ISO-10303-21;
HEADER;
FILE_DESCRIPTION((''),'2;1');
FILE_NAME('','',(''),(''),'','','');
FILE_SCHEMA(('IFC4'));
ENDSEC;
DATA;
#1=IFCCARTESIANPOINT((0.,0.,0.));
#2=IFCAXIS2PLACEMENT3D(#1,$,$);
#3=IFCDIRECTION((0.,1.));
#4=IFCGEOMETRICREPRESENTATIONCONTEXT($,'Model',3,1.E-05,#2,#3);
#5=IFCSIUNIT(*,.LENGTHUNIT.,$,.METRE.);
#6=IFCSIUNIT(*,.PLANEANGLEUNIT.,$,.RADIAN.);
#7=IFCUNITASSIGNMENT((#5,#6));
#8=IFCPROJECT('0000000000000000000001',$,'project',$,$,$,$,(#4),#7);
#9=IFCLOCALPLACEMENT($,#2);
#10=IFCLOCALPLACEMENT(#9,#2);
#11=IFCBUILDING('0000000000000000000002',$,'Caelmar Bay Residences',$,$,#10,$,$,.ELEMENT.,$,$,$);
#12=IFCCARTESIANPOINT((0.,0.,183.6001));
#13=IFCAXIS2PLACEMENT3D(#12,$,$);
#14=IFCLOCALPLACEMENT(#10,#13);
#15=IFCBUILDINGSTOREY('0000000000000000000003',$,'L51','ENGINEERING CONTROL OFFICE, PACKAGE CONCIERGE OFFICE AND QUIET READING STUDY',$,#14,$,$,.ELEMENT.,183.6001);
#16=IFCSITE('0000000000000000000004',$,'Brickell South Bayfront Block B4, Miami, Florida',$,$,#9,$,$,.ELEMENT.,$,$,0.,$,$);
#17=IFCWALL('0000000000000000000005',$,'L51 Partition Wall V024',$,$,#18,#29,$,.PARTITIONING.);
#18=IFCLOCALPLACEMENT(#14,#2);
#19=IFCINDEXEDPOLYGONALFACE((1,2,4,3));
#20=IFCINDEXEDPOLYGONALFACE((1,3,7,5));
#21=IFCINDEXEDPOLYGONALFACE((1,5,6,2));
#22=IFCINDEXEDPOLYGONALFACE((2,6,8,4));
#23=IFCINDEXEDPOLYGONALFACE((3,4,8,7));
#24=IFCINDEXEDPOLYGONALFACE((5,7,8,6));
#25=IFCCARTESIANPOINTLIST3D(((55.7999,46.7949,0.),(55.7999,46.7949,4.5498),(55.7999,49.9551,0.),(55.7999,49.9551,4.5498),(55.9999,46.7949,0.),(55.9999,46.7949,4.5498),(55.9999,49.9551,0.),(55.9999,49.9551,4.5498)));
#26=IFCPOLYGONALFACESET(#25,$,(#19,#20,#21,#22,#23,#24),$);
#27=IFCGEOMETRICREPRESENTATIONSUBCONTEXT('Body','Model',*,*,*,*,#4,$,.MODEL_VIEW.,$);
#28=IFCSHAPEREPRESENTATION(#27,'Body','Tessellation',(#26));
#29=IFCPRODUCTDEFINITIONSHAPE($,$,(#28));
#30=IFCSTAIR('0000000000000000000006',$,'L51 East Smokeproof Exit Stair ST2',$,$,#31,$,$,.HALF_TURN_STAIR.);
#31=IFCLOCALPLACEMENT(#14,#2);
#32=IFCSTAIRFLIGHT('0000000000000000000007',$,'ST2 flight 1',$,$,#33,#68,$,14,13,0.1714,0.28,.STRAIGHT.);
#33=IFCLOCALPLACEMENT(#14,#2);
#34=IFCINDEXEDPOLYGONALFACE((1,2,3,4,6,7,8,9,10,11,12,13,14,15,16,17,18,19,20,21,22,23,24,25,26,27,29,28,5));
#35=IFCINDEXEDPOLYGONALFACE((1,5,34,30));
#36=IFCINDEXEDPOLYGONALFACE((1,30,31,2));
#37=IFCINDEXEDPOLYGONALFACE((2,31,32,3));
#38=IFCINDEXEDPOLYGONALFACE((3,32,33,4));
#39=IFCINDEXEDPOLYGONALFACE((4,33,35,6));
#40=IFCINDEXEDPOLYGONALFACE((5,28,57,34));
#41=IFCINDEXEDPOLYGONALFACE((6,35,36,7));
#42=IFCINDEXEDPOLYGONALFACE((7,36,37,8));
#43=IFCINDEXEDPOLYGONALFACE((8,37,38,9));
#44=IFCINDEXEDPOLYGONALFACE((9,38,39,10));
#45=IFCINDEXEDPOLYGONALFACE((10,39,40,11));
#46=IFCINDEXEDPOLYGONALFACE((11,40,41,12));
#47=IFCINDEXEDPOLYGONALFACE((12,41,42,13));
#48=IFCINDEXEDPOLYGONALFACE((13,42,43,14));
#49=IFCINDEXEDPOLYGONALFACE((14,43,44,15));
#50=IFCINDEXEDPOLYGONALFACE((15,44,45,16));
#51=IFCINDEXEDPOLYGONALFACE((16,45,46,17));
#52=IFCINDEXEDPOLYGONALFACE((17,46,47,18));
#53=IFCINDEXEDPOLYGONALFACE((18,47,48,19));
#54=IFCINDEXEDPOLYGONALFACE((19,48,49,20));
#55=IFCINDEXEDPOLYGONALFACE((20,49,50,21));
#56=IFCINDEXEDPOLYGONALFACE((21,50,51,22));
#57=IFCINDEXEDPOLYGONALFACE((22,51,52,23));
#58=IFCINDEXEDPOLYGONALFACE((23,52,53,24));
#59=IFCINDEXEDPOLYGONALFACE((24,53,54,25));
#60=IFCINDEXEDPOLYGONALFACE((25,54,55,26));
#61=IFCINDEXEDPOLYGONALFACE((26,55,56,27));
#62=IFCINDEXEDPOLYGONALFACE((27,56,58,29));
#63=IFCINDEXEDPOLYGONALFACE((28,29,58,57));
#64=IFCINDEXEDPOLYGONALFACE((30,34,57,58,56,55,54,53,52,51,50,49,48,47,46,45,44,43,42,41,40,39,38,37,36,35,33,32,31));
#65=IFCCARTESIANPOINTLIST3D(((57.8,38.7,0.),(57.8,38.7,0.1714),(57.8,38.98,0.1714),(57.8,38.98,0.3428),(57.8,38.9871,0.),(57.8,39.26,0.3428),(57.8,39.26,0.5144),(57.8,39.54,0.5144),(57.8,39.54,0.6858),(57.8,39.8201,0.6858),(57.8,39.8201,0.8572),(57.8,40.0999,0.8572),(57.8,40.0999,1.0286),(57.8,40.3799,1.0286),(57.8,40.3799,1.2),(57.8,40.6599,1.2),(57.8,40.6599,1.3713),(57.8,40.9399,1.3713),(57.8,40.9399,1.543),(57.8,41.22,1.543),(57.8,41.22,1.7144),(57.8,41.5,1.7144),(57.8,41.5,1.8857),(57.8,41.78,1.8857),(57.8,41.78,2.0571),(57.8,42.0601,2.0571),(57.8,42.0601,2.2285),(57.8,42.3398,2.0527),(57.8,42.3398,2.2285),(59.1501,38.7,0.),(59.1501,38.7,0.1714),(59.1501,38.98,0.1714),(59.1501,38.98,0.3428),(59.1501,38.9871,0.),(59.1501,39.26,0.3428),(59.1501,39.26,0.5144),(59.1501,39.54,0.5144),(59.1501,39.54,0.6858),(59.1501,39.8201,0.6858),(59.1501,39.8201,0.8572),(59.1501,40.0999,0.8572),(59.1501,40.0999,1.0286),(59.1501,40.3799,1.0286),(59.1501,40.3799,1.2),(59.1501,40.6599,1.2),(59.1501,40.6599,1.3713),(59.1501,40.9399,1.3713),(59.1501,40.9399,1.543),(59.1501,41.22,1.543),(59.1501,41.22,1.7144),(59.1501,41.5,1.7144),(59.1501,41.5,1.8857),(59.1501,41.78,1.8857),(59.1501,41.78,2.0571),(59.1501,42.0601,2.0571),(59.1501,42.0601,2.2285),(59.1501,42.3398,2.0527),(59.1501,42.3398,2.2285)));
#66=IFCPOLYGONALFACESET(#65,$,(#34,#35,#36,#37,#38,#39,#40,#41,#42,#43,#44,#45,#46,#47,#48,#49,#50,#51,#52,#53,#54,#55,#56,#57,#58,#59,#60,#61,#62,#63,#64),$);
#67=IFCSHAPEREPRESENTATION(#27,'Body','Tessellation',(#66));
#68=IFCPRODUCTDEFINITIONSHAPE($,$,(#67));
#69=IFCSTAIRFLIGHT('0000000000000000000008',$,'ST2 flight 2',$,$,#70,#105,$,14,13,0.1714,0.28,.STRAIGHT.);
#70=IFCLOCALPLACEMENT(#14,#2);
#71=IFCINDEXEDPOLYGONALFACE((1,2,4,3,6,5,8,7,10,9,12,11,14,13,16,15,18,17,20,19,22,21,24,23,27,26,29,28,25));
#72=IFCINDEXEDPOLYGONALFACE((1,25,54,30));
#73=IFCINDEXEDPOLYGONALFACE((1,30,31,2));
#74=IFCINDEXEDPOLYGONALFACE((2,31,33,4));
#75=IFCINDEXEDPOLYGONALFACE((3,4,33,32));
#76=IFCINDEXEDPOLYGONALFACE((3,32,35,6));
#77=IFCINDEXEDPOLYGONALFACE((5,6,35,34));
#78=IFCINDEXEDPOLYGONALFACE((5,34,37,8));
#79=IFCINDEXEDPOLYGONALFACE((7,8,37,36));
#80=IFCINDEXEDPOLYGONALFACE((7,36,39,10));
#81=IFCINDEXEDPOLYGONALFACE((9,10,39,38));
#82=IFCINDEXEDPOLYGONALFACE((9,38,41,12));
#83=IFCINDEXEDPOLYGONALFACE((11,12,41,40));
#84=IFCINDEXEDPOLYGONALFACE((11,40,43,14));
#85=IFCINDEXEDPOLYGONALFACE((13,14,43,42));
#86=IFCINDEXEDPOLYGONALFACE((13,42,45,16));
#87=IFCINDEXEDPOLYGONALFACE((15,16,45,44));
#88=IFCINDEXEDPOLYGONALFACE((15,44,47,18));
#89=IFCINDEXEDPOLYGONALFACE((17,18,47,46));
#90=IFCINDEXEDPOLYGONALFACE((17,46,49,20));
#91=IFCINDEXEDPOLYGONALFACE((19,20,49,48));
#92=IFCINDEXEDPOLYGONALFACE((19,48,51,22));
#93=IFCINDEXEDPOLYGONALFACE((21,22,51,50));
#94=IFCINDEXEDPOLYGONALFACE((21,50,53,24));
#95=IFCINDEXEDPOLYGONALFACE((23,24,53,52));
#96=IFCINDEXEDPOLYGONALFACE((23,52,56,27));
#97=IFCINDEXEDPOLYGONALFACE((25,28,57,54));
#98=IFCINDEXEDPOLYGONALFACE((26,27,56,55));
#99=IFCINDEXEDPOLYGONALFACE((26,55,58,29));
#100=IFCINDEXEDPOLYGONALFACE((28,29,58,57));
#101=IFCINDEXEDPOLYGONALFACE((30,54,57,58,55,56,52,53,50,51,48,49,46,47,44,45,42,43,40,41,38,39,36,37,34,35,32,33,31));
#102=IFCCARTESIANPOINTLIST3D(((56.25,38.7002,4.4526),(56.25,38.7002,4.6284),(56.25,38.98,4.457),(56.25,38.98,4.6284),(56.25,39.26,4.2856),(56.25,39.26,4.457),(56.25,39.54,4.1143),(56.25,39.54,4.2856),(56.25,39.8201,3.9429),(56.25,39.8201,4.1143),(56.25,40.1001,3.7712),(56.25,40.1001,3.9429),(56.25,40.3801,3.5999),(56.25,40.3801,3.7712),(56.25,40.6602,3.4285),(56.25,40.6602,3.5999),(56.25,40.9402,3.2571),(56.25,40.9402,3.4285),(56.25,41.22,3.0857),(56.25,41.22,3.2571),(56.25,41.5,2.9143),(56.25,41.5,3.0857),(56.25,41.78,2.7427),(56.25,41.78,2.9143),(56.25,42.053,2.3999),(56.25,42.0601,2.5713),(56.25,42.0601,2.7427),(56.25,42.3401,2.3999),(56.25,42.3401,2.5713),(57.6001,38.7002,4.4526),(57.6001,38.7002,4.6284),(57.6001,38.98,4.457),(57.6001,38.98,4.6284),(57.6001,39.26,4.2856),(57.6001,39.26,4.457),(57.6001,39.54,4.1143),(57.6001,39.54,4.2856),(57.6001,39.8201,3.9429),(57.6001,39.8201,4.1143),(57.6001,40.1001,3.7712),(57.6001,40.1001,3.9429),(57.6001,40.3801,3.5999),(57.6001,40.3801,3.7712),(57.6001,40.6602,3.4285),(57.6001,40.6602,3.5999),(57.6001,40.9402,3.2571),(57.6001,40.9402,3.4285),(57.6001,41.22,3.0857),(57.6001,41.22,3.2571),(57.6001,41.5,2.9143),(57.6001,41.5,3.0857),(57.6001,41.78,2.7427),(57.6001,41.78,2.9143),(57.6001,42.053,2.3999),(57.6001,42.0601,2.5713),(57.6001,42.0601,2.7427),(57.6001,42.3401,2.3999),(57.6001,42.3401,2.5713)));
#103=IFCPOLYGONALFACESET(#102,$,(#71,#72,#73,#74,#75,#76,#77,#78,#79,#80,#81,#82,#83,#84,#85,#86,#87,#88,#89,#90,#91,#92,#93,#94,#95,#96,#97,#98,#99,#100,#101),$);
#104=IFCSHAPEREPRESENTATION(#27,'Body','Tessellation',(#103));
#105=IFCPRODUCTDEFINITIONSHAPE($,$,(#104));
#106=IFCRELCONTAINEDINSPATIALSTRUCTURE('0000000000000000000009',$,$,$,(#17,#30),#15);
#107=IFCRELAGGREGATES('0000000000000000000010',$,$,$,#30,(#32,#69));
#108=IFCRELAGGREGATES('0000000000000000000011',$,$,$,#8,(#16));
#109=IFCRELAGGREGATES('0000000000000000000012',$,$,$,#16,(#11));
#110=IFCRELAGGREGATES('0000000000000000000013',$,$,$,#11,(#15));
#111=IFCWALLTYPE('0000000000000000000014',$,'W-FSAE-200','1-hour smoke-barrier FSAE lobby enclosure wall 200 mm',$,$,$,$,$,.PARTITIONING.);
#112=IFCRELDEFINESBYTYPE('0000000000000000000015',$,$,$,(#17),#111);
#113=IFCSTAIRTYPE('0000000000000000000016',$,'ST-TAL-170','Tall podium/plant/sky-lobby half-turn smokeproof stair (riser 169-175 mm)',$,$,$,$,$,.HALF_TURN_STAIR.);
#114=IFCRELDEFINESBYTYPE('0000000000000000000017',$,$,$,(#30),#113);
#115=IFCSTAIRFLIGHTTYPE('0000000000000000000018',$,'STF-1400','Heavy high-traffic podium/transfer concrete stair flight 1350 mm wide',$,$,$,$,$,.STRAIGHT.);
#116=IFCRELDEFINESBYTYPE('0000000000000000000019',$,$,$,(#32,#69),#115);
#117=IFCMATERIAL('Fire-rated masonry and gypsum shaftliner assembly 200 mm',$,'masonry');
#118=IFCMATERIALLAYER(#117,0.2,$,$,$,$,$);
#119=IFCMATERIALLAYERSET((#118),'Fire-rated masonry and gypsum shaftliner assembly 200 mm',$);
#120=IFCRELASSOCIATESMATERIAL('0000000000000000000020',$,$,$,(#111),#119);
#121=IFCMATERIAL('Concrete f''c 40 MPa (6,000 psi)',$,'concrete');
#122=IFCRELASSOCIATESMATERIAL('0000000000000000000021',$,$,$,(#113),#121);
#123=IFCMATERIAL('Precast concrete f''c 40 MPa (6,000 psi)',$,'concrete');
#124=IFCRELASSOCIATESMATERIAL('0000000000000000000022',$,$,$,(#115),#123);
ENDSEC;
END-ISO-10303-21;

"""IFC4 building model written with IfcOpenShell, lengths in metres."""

from ifc_helpers import new_model, si_unit, direction, frame, frame_2d, origin, place, context, subcontext, project, spatial, polyline, rectangle, outline, extrude, material, layer, layer_set, type_object, element, aggregate, save


model = new_model("IFC4")

# Units and contexts
model_context = context("Model", 3, precision=1e-05, world=origin(), true_north=direction((0.0, 1.0)))
body_context = subcontext(model_context, "Body", "Model", "MODEL_VIEW")
ifc_project = project(units=[si_unit("LENGTHUNIT", "METRE"), si_unit("PLANEANGLEUNIT", "RADIAN")], contexts=[model_context])

# Site, building, storey
site_placement = place(None, origin())
site = spatial("IfcSite", under=ifc_project, at=site_placement, Name="Brickell South Bayfront Block B4, Miami, Florida", CompositionType="ELEMENT", RefElevation=0.0)
building_placement = place(site_placement, origin())
building = spatial("IfcBuilding", under=site, at=building_placement, Name="Caelmar Bay Residences", CompositionType="ELEMENT")
storey_placement = place(building_placement, frame((0.0, 0.0, 183.6001)))
storey = spatial("IfcBuildingStorey", under=building, at=storey_placement, Name="L51", Description="ENGINEERING CONTROL OFFICE, PACKAGE CONCIERGE OFFICE AND QUIET READING STUDY", CompositionType="ELEMENT", Elevation=183.6001)

# Shared definitions
ifc_material_1 = material(Name="Precast concrete f'c 40 MPa (6,000 psi)", Category="concrete")

# Wall
ifc_material_2 = material(Name="Fire-rated masonry and gypsum shaftliner assembly 200 mm", Category="masonry")
ifc_layer_1 = layer(ifc_material_2, 0.2)
ifc_layer_set_1 = layer_set([ifc_layer_1], Name="Fire-rated masonry and gypsum shaftliner assembly 200 mm")
wall_type_1 = type_object("IfcWallType", Name="W-FSAE-200", Description="1-hour smoke-barrier FSAE lobby enclosure wall 200 mm", PredefinedType="PARTITIONING", material=ifc_layer_set_1)
wall_1_placement = place(storey_placement, frame((55.8999, 46.7949, 0.0), z_axis=(0.0, 0.0, 1.0), x_axis=(0.0, 1.0, 0.0)))
element("IfcWall", 1, at=wall_1_placement, inside=storey, type_object=wall_type_1, Name="L51 Partition Wall V024", PredefinedType="PARTITIONING", context=body_context, shape_type="SweptSolid", body=[
    extrude(rectangle(XDim=3.1602, YDim=0.2, at=frame_2d((1.5801, 0.0))), origin(), (0.0, 0.0, 1.0), 4.5498),
])

# Stair, stair flights
ifc_material_3 = material(Name="Concrete f'c 40 MPa (6,000 psi)", Category="concrete")
stair_type = type_object("IfcStairType", Name="ST-TAL-170", Description="Tall podium/plant/sky-lobby half-turn smokeproof stair (riser 169-175 mm)", PredefinedType="HALF_TURN_STAIR", material=ifc_material_3)
stair_placement = place(storey_placement, origin())
stair = element("IfcStair", 2, at=stair_placement, inside=storey, type_object=stair_type, Name="L51 East Smokeproof Exit Stair ST2", PredefinedType="HALF_TURN_STAIR")
stair_flight_type = type_object("IfcStairFlightType", Name="STF-1400", Description="Heavy high-traffic podium/transfer concrete stair flight 1350 mm wide", PredefinedType="STRAIGHT", material=ifc_material_1)
stair_flight_1_placement = place(storey_placement, frame((58.4751, 38.7, 0.0), z_axis=(0.0, 0.0, 1.0), x_axis=(0.0, 1.0, 0.0)))
stair_flight_1 = element("IfcStairFlight", 3, at=stair_flight_1_placement, type_object=stair_flight_type, Name="ST2 flight 1", NumberOfRisers=14, NumberOfTreads=13, PredefinedType="STRAIGHT", RiserHeight=0.1714, TreadLength=0.28, context=body_context, shape_type="SweptSolid", body=[
    extrude(outline(polyline([(0.0, 0.0), (0.0, 0.1714), (0.28, 0.1714), (0.28, 0.3428), (0.5601, 0.3428), (0.5601, 0.5144), (0.8401, 0.5144), (0.8401, 0.6858), (1.1201, 0.6858), (1.1201, 0.8572), (1.3999, 0.8572), (1.3999, 1.0286), (1.6799, 1.0286), (1.6799, 1.2), (1.96, 1.2), (1.96, 1.3713), (2.24, 1.3713), (2.24, 1.543), (2.52, 1.543), (2.52, 1.7144), (2.8, 1.7144), (2.8, 1.8857), (3.0801, 1.8857), (3.0801, 2.0571), (3.3601, 2.0571), (3.3601, 2.2285), (3.6399, 2.2285), (3.6399, 2.3999), (3.6399, 2.0527), (0.2871, 0.0), (0.0, 0.0)])), frame((0.0, 0.675, 0.0), z_axis=(0.0, -1.0, 0.0), x_axis=(1.0, 0.0, 0.0)), (0.0, 0.0, 1.0), 1.3501),
])
stair_flight_2_placement = place(storey_placement, frame((56.925, 42.3401, 2.3999), z_axis=(0.0, 0.0, 1.0), x_axis=(0.0, -1.0, 0.0)))
stair_flight_2 = element("IfcStairFlight", 4, at=stair_flight_2_placement, type_object=stair_flight_type, Name="ST2 flight 2", NumberOfRisers=14, NumberOfTreads=13, PredefinedType="STRAIGHT", RiserHeight=0.1714, TreadLength=0.28, context=body_context, shape_type="SweptSolid", body=[
    extrude(outline(polyline([(0.0, 0.0), (0.0, 0.1714), (0.28, 0.1714), (0.28, 0.3428), (0.5601, 0.3428), (0.5601, 0.5144), (0.8401, 0.5144), (0.8401, 0.6858), (1.1201, 0.6858), (1.1201, 0.8572), (1.3999, 0.8572), (1.3999, 1.0286), (1.6799, 1.0286), (1.6799, 1.2), (1.96, 1.2), (1.96, 1.3713), (2.24, 1.3713), (2.24, 1.543), (2.52, 1.543), (2.52, 1.7144), (2.8, 1.7144), (2.8, 1.8857), (3.0801, 1.8857), (3.0801, 2.0571), (3.3601, 2.0571), (3.3601, 2.2285), (3.6399, 2.2285), (3.6399, 2.3999), (3.6399, 2.0527), (0.2871, 0.0), (0.0, 0.0)])), frame((0.0, 0.675, 0.0), z_axis=(0.0, -1.0, 0.0), x_axis=(1.0, 0.0, 0.0)), (0.0, 0.0, 1.0), 1.3501),
])
aggregate(stair, [stair_flight_1, stair_flight_2])

save(model, "model.ifc")
